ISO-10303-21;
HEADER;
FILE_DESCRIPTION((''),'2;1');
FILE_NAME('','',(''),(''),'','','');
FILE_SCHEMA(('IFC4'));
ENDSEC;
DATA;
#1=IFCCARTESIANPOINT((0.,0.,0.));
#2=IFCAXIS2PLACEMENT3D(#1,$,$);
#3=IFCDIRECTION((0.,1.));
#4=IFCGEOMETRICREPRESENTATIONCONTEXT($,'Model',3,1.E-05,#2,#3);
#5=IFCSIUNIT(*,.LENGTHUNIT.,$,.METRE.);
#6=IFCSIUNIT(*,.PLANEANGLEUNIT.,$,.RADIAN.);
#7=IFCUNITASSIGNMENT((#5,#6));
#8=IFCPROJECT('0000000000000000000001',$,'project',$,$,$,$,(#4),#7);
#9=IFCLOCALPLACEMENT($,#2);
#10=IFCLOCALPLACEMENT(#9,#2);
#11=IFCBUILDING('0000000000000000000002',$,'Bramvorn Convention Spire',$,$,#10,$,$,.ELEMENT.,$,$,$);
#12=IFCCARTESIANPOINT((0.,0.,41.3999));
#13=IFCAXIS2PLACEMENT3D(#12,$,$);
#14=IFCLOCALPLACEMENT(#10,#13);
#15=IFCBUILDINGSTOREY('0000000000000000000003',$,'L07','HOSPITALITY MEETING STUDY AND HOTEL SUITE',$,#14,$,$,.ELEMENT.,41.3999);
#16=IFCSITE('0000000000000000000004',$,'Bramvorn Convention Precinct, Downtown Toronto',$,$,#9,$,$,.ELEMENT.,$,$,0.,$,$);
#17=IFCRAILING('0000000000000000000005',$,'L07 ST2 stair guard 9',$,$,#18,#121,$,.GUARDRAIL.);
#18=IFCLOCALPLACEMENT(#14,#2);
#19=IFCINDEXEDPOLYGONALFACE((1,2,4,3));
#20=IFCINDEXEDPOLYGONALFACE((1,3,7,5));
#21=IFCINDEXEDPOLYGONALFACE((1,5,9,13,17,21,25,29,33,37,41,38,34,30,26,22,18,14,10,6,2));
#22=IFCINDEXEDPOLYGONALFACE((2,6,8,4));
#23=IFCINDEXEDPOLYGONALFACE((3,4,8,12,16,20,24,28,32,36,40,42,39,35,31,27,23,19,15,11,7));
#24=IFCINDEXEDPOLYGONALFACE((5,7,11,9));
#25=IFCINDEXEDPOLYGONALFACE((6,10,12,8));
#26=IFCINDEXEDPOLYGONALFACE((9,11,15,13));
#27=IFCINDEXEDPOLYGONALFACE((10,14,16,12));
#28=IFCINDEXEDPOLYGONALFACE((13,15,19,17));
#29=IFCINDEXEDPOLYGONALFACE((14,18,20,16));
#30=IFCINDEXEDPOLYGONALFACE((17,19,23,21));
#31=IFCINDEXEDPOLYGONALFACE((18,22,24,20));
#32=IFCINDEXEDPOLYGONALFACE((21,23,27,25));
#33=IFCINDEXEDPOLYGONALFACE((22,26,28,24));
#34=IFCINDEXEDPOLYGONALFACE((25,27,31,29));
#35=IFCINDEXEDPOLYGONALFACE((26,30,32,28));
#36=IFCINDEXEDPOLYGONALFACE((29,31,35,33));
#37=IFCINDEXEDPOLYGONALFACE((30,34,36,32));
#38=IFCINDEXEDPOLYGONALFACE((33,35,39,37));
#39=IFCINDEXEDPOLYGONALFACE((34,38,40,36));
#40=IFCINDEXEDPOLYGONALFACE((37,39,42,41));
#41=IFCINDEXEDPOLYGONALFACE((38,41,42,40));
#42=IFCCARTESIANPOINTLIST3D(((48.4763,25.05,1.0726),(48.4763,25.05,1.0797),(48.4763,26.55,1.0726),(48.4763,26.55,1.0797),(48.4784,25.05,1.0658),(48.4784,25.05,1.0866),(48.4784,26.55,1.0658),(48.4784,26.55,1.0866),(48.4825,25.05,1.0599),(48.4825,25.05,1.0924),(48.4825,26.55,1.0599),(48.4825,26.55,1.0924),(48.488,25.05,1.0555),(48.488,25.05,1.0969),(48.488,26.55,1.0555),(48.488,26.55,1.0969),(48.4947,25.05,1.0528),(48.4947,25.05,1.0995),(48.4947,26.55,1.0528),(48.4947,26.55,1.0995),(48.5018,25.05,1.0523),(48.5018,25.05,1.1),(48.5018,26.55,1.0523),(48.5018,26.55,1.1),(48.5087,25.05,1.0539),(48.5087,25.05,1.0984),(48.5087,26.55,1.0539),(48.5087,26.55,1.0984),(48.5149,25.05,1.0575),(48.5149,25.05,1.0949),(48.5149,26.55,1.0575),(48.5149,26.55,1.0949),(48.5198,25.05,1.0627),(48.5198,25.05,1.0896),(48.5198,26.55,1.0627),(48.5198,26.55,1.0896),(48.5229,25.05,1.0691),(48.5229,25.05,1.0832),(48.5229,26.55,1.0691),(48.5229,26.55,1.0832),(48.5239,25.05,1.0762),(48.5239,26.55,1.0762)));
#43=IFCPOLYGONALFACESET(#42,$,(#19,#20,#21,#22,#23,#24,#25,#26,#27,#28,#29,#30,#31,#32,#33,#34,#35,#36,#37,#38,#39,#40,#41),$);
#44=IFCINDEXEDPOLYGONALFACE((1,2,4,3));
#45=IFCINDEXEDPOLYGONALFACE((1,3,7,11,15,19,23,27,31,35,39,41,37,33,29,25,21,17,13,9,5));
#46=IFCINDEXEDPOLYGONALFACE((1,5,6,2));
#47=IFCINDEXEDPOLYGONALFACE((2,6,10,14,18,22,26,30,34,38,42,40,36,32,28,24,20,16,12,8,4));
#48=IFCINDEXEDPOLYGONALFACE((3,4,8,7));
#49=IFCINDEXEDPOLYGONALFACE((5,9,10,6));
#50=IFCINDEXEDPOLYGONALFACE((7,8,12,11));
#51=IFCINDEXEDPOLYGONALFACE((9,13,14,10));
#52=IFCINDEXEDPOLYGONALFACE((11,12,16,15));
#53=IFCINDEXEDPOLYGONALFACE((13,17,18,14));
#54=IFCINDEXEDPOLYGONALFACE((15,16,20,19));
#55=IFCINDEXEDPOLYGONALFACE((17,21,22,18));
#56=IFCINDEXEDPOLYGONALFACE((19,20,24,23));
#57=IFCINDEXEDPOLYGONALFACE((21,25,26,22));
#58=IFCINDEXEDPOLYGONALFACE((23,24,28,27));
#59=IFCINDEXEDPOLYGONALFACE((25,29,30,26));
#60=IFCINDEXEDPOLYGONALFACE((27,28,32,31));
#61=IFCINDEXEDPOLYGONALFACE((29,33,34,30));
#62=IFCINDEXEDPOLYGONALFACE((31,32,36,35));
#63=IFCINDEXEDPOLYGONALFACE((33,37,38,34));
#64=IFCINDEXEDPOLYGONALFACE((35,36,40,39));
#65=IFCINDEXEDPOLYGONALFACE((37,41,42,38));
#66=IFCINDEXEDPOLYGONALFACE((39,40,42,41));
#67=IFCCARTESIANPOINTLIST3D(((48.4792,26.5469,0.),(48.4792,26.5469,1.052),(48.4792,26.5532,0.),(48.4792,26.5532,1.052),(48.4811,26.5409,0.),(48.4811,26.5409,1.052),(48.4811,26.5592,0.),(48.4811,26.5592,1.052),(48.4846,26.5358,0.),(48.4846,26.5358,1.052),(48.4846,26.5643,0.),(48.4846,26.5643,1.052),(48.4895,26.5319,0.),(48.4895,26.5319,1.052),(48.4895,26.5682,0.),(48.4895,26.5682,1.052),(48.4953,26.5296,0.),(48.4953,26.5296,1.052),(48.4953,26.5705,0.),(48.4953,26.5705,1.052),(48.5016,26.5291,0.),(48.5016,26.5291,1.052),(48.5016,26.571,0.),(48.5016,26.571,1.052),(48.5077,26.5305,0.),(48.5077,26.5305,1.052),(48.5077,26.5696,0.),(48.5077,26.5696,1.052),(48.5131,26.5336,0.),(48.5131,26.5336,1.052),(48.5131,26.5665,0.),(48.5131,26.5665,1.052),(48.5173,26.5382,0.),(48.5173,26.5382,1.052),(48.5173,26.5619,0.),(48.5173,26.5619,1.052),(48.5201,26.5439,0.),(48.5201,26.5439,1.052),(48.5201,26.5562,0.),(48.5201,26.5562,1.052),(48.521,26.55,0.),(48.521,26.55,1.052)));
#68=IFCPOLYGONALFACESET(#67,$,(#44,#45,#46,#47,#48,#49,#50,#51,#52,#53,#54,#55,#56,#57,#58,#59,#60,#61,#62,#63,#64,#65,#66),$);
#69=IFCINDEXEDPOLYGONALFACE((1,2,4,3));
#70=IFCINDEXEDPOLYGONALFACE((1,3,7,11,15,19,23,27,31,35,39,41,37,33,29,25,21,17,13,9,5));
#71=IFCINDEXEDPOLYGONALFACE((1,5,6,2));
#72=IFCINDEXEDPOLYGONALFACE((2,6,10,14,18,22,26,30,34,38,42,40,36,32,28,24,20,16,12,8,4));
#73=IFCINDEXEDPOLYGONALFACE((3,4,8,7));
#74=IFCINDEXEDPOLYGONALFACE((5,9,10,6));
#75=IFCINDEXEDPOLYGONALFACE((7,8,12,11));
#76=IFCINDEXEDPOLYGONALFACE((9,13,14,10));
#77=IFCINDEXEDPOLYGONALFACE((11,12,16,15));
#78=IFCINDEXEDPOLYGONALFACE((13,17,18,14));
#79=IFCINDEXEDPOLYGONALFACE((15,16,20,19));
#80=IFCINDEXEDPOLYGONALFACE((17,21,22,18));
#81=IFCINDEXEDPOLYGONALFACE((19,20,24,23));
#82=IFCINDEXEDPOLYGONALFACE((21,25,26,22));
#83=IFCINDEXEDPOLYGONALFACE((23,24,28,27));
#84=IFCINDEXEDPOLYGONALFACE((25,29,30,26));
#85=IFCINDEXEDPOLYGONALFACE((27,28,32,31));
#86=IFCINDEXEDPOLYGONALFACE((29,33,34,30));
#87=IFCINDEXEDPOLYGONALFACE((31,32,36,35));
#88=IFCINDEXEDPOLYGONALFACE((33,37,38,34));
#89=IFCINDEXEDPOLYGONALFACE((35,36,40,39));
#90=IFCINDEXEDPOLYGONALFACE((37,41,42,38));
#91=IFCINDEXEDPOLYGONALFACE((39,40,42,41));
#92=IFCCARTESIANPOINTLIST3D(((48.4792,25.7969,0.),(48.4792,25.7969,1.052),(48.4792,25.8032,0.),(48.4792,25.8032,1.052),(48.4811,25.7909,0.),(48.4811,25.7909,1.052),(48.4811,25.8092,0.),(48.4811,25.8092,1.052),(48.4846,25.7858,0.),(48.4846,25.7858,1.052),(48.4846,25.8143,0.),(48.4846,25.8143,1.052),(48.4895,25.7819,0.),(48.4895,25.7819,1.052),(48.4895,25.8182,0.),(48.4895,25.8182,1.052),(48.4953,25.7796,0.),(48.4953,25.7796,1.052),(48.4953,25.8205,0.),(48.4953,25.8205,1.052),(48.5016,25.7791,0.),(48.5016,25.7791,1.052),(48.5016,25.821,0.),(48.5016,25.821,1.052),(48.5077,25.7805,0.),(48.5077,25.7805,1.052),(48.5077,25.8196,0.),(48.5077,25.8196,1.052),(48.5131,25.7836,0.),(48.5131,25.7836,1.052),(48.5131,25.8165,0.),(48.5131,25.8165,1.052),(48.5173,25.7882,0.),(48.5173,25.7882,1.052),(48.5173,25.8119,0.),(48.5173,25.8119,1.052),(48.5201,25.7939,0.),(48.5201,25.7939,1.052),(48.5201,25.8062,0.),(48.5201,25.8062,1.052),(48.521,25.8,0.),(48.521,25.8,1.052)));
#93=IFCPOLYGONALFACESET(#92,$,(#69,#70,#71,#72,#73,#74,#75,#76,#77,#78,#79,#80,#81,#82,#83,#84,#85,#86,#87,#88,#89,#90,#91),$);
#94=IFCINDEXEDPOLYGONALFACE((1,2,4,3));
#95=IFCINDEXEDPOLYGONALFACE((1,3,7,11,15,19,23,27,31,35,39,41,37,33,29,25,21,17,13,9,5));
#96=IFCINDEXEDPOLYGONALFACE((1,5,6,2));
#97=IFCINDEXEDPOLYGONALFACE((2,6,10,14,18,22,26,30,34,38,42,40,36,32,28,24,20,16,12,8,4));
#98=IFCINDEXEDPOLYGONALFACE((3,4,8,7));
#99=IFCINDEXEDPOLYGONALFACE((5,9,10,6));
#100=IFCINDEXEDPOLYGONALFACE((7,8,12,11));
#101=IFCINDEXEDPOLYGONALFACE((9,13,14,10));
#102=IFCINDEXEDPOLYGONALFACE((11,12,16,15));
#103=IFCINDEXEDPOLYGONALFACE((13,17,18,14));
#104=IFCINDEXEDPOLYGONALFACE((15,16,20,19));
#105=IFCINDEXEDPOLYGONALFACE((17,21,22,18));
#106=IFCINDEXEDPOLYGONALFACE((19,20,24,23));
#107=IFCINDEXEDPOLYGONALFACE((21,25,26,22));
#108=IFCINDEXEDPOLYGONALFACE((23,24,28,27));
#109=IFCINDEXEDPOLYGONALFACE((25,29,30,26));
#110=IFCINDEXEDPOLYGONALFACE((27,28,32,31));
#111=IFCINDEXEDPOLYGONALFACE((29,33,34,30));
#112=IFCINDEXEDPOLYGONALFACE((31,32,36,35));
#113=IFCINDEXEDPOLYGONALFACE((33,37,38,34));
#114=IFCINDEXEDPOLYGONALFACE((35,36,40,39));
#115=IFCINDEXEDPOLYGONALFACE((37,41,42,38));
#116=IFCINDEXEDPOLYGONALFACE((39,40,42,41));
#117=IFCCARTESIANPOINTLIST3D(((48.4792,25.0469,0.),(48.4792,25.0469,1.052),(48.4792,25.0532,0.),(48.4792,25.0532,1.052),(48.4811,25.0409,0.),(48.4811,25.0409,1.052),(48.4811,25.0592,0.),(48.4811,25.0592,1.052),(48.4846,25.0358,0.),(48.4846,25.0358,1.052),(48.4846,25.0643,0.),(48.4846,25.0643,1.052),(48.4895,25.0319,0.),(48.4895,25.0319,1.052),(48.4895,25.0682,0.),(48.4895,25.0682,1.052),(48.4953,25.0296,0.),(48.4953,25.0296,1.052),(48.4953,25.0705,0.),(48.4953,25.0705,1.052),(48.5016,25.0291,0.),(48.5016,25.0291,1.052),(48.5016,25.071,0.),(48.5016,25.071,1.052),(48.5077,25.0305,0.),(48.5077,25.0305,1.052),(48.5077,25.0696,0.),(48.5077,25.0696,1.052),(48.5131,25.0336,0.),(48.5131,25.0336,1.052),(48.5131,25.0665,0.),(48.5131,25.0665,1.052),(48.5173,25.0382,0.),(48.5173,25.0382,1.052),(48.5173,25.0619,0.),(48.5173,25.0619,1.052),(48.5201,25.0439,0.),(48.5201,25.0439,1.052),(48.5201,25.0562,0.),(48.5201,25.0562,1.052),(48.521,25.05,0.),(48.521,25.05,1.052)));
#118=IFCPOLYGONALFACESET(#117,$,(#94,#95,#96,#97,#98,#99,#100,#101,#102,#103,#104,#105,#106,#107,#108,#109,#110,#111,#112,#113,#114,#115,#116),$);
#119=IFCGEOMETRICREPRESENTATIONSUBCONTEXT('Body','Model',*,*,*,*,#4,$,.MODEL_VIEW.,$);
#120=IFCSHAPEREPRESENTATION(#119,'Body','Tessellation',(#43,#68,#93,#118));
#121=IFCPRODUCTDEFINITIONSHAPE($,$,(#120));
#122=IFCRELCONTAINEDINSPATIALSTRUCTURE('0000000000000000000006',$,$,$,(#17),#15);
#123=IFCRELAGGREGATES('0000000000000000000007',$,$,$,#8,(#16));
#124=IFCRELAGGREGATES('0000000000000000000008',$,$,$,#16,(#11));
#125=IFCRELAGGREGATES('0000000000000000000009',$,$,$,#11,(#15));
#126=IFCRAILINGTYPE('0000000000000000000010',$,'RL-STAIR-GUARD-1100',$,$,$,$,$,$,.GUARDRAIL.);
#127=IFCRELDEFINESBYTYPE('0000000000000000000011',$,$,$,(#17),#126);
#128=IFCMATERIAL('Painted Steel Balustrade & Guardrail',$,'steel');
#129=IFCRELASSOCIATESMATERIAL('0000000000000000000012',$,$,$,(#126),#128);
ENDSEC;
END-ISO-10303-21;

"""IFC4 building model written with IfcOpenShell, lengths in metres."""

from ifc_helpers import new_model, si_unit, direction, frame, origin, origin_2d, place, context, subcontext, project, spatial, circle, extrude, material, type_object, element, save


model = new_model("IFC4")

# Units and contexts
model_context = context("Model", 3, precision=1e-05, world=origin(), true_north=direction((0.0, 1.0)))
body_context = subcontext(model_context, "Body", "Model", "MODEL_VIEW")
ifc_project = project(units=[si_unit("LENGTHUNIT", "METRE"), si_unit("PLANEANGLEUNIT", "RADIAN")], contexts=[model_context])

# Site, building, storey
site_placement = place(None, origin())
site = spatial("IfcSite", under=ifc_project, at=site_placement, Name="Bramvorn Convention Precinct, Downtown Toronto", CompositionType="ELEMENT", RefElevation=0.0)
building_placement = place(site_placement, origin())
building = spatial("IfcBuilding", under=site, at=building_placement, Name="Bramvorn Convention Spire", CompositionType="ELEMENT")
storey_placement = place(building_placement, frame((0.0, 0.0, 41.3999)))
storey = spatial("IfcBuildingStorey", under=building, at=storey_placement, Name="L07", Description="HOSPITALITY MEETING STUDY AND HOTEL SUITE", CompositionType="ELEMENT", Elevation=41.3999)

# Railing
ifc_material_1 = material(Name="Painted Steel Balustrade & Guardrail", Category="steel")
railing_type_1 = type_object("IfcRailingType", Name="RL-STAIR-GUARD-1100", PredefinedType="GUARDRAIL", material=ifc_material_1)
for number, where, name in (
    (1, (48.5, 26.55, 0.0), "L07 ST2 stair guard 9"),
):
    element("IfcRailing", number, at=place(storey_placement, frame(where)), inside=storey, type_object=railing_type_1, Name=name, PredefinedType="GUARDRAIL", context=body_context, shape_type="SweptSolid", body=[
        extrude(circle(Radius=0.0239, at=origin_2d()), frame((0.0, 0.0, 1.0762), z_axis=(0.0, -1.0, 0.0), x_axis=(1.0, 0.0, 0.0)), (0.0, 0.0, 1.0), 1.5),
        extrude(circle(Radius=0.021, at=origin_2d()), origin(), (0.0, 0.0, 1.0), 1.052),
        extrude(circle(Radius=0.021, at=origin_2d()), frame((0.0, -0.75, 0.0)), (0.0, 0.0, 1.0), 1.052),
        extrude(circle(Radius=0.021, at=origin_2d()), frame((0.0, -1.5, 0.0)), (0.0, 0.0, 1.0), 1.052),
    ])

save(model, "model.ifc")
